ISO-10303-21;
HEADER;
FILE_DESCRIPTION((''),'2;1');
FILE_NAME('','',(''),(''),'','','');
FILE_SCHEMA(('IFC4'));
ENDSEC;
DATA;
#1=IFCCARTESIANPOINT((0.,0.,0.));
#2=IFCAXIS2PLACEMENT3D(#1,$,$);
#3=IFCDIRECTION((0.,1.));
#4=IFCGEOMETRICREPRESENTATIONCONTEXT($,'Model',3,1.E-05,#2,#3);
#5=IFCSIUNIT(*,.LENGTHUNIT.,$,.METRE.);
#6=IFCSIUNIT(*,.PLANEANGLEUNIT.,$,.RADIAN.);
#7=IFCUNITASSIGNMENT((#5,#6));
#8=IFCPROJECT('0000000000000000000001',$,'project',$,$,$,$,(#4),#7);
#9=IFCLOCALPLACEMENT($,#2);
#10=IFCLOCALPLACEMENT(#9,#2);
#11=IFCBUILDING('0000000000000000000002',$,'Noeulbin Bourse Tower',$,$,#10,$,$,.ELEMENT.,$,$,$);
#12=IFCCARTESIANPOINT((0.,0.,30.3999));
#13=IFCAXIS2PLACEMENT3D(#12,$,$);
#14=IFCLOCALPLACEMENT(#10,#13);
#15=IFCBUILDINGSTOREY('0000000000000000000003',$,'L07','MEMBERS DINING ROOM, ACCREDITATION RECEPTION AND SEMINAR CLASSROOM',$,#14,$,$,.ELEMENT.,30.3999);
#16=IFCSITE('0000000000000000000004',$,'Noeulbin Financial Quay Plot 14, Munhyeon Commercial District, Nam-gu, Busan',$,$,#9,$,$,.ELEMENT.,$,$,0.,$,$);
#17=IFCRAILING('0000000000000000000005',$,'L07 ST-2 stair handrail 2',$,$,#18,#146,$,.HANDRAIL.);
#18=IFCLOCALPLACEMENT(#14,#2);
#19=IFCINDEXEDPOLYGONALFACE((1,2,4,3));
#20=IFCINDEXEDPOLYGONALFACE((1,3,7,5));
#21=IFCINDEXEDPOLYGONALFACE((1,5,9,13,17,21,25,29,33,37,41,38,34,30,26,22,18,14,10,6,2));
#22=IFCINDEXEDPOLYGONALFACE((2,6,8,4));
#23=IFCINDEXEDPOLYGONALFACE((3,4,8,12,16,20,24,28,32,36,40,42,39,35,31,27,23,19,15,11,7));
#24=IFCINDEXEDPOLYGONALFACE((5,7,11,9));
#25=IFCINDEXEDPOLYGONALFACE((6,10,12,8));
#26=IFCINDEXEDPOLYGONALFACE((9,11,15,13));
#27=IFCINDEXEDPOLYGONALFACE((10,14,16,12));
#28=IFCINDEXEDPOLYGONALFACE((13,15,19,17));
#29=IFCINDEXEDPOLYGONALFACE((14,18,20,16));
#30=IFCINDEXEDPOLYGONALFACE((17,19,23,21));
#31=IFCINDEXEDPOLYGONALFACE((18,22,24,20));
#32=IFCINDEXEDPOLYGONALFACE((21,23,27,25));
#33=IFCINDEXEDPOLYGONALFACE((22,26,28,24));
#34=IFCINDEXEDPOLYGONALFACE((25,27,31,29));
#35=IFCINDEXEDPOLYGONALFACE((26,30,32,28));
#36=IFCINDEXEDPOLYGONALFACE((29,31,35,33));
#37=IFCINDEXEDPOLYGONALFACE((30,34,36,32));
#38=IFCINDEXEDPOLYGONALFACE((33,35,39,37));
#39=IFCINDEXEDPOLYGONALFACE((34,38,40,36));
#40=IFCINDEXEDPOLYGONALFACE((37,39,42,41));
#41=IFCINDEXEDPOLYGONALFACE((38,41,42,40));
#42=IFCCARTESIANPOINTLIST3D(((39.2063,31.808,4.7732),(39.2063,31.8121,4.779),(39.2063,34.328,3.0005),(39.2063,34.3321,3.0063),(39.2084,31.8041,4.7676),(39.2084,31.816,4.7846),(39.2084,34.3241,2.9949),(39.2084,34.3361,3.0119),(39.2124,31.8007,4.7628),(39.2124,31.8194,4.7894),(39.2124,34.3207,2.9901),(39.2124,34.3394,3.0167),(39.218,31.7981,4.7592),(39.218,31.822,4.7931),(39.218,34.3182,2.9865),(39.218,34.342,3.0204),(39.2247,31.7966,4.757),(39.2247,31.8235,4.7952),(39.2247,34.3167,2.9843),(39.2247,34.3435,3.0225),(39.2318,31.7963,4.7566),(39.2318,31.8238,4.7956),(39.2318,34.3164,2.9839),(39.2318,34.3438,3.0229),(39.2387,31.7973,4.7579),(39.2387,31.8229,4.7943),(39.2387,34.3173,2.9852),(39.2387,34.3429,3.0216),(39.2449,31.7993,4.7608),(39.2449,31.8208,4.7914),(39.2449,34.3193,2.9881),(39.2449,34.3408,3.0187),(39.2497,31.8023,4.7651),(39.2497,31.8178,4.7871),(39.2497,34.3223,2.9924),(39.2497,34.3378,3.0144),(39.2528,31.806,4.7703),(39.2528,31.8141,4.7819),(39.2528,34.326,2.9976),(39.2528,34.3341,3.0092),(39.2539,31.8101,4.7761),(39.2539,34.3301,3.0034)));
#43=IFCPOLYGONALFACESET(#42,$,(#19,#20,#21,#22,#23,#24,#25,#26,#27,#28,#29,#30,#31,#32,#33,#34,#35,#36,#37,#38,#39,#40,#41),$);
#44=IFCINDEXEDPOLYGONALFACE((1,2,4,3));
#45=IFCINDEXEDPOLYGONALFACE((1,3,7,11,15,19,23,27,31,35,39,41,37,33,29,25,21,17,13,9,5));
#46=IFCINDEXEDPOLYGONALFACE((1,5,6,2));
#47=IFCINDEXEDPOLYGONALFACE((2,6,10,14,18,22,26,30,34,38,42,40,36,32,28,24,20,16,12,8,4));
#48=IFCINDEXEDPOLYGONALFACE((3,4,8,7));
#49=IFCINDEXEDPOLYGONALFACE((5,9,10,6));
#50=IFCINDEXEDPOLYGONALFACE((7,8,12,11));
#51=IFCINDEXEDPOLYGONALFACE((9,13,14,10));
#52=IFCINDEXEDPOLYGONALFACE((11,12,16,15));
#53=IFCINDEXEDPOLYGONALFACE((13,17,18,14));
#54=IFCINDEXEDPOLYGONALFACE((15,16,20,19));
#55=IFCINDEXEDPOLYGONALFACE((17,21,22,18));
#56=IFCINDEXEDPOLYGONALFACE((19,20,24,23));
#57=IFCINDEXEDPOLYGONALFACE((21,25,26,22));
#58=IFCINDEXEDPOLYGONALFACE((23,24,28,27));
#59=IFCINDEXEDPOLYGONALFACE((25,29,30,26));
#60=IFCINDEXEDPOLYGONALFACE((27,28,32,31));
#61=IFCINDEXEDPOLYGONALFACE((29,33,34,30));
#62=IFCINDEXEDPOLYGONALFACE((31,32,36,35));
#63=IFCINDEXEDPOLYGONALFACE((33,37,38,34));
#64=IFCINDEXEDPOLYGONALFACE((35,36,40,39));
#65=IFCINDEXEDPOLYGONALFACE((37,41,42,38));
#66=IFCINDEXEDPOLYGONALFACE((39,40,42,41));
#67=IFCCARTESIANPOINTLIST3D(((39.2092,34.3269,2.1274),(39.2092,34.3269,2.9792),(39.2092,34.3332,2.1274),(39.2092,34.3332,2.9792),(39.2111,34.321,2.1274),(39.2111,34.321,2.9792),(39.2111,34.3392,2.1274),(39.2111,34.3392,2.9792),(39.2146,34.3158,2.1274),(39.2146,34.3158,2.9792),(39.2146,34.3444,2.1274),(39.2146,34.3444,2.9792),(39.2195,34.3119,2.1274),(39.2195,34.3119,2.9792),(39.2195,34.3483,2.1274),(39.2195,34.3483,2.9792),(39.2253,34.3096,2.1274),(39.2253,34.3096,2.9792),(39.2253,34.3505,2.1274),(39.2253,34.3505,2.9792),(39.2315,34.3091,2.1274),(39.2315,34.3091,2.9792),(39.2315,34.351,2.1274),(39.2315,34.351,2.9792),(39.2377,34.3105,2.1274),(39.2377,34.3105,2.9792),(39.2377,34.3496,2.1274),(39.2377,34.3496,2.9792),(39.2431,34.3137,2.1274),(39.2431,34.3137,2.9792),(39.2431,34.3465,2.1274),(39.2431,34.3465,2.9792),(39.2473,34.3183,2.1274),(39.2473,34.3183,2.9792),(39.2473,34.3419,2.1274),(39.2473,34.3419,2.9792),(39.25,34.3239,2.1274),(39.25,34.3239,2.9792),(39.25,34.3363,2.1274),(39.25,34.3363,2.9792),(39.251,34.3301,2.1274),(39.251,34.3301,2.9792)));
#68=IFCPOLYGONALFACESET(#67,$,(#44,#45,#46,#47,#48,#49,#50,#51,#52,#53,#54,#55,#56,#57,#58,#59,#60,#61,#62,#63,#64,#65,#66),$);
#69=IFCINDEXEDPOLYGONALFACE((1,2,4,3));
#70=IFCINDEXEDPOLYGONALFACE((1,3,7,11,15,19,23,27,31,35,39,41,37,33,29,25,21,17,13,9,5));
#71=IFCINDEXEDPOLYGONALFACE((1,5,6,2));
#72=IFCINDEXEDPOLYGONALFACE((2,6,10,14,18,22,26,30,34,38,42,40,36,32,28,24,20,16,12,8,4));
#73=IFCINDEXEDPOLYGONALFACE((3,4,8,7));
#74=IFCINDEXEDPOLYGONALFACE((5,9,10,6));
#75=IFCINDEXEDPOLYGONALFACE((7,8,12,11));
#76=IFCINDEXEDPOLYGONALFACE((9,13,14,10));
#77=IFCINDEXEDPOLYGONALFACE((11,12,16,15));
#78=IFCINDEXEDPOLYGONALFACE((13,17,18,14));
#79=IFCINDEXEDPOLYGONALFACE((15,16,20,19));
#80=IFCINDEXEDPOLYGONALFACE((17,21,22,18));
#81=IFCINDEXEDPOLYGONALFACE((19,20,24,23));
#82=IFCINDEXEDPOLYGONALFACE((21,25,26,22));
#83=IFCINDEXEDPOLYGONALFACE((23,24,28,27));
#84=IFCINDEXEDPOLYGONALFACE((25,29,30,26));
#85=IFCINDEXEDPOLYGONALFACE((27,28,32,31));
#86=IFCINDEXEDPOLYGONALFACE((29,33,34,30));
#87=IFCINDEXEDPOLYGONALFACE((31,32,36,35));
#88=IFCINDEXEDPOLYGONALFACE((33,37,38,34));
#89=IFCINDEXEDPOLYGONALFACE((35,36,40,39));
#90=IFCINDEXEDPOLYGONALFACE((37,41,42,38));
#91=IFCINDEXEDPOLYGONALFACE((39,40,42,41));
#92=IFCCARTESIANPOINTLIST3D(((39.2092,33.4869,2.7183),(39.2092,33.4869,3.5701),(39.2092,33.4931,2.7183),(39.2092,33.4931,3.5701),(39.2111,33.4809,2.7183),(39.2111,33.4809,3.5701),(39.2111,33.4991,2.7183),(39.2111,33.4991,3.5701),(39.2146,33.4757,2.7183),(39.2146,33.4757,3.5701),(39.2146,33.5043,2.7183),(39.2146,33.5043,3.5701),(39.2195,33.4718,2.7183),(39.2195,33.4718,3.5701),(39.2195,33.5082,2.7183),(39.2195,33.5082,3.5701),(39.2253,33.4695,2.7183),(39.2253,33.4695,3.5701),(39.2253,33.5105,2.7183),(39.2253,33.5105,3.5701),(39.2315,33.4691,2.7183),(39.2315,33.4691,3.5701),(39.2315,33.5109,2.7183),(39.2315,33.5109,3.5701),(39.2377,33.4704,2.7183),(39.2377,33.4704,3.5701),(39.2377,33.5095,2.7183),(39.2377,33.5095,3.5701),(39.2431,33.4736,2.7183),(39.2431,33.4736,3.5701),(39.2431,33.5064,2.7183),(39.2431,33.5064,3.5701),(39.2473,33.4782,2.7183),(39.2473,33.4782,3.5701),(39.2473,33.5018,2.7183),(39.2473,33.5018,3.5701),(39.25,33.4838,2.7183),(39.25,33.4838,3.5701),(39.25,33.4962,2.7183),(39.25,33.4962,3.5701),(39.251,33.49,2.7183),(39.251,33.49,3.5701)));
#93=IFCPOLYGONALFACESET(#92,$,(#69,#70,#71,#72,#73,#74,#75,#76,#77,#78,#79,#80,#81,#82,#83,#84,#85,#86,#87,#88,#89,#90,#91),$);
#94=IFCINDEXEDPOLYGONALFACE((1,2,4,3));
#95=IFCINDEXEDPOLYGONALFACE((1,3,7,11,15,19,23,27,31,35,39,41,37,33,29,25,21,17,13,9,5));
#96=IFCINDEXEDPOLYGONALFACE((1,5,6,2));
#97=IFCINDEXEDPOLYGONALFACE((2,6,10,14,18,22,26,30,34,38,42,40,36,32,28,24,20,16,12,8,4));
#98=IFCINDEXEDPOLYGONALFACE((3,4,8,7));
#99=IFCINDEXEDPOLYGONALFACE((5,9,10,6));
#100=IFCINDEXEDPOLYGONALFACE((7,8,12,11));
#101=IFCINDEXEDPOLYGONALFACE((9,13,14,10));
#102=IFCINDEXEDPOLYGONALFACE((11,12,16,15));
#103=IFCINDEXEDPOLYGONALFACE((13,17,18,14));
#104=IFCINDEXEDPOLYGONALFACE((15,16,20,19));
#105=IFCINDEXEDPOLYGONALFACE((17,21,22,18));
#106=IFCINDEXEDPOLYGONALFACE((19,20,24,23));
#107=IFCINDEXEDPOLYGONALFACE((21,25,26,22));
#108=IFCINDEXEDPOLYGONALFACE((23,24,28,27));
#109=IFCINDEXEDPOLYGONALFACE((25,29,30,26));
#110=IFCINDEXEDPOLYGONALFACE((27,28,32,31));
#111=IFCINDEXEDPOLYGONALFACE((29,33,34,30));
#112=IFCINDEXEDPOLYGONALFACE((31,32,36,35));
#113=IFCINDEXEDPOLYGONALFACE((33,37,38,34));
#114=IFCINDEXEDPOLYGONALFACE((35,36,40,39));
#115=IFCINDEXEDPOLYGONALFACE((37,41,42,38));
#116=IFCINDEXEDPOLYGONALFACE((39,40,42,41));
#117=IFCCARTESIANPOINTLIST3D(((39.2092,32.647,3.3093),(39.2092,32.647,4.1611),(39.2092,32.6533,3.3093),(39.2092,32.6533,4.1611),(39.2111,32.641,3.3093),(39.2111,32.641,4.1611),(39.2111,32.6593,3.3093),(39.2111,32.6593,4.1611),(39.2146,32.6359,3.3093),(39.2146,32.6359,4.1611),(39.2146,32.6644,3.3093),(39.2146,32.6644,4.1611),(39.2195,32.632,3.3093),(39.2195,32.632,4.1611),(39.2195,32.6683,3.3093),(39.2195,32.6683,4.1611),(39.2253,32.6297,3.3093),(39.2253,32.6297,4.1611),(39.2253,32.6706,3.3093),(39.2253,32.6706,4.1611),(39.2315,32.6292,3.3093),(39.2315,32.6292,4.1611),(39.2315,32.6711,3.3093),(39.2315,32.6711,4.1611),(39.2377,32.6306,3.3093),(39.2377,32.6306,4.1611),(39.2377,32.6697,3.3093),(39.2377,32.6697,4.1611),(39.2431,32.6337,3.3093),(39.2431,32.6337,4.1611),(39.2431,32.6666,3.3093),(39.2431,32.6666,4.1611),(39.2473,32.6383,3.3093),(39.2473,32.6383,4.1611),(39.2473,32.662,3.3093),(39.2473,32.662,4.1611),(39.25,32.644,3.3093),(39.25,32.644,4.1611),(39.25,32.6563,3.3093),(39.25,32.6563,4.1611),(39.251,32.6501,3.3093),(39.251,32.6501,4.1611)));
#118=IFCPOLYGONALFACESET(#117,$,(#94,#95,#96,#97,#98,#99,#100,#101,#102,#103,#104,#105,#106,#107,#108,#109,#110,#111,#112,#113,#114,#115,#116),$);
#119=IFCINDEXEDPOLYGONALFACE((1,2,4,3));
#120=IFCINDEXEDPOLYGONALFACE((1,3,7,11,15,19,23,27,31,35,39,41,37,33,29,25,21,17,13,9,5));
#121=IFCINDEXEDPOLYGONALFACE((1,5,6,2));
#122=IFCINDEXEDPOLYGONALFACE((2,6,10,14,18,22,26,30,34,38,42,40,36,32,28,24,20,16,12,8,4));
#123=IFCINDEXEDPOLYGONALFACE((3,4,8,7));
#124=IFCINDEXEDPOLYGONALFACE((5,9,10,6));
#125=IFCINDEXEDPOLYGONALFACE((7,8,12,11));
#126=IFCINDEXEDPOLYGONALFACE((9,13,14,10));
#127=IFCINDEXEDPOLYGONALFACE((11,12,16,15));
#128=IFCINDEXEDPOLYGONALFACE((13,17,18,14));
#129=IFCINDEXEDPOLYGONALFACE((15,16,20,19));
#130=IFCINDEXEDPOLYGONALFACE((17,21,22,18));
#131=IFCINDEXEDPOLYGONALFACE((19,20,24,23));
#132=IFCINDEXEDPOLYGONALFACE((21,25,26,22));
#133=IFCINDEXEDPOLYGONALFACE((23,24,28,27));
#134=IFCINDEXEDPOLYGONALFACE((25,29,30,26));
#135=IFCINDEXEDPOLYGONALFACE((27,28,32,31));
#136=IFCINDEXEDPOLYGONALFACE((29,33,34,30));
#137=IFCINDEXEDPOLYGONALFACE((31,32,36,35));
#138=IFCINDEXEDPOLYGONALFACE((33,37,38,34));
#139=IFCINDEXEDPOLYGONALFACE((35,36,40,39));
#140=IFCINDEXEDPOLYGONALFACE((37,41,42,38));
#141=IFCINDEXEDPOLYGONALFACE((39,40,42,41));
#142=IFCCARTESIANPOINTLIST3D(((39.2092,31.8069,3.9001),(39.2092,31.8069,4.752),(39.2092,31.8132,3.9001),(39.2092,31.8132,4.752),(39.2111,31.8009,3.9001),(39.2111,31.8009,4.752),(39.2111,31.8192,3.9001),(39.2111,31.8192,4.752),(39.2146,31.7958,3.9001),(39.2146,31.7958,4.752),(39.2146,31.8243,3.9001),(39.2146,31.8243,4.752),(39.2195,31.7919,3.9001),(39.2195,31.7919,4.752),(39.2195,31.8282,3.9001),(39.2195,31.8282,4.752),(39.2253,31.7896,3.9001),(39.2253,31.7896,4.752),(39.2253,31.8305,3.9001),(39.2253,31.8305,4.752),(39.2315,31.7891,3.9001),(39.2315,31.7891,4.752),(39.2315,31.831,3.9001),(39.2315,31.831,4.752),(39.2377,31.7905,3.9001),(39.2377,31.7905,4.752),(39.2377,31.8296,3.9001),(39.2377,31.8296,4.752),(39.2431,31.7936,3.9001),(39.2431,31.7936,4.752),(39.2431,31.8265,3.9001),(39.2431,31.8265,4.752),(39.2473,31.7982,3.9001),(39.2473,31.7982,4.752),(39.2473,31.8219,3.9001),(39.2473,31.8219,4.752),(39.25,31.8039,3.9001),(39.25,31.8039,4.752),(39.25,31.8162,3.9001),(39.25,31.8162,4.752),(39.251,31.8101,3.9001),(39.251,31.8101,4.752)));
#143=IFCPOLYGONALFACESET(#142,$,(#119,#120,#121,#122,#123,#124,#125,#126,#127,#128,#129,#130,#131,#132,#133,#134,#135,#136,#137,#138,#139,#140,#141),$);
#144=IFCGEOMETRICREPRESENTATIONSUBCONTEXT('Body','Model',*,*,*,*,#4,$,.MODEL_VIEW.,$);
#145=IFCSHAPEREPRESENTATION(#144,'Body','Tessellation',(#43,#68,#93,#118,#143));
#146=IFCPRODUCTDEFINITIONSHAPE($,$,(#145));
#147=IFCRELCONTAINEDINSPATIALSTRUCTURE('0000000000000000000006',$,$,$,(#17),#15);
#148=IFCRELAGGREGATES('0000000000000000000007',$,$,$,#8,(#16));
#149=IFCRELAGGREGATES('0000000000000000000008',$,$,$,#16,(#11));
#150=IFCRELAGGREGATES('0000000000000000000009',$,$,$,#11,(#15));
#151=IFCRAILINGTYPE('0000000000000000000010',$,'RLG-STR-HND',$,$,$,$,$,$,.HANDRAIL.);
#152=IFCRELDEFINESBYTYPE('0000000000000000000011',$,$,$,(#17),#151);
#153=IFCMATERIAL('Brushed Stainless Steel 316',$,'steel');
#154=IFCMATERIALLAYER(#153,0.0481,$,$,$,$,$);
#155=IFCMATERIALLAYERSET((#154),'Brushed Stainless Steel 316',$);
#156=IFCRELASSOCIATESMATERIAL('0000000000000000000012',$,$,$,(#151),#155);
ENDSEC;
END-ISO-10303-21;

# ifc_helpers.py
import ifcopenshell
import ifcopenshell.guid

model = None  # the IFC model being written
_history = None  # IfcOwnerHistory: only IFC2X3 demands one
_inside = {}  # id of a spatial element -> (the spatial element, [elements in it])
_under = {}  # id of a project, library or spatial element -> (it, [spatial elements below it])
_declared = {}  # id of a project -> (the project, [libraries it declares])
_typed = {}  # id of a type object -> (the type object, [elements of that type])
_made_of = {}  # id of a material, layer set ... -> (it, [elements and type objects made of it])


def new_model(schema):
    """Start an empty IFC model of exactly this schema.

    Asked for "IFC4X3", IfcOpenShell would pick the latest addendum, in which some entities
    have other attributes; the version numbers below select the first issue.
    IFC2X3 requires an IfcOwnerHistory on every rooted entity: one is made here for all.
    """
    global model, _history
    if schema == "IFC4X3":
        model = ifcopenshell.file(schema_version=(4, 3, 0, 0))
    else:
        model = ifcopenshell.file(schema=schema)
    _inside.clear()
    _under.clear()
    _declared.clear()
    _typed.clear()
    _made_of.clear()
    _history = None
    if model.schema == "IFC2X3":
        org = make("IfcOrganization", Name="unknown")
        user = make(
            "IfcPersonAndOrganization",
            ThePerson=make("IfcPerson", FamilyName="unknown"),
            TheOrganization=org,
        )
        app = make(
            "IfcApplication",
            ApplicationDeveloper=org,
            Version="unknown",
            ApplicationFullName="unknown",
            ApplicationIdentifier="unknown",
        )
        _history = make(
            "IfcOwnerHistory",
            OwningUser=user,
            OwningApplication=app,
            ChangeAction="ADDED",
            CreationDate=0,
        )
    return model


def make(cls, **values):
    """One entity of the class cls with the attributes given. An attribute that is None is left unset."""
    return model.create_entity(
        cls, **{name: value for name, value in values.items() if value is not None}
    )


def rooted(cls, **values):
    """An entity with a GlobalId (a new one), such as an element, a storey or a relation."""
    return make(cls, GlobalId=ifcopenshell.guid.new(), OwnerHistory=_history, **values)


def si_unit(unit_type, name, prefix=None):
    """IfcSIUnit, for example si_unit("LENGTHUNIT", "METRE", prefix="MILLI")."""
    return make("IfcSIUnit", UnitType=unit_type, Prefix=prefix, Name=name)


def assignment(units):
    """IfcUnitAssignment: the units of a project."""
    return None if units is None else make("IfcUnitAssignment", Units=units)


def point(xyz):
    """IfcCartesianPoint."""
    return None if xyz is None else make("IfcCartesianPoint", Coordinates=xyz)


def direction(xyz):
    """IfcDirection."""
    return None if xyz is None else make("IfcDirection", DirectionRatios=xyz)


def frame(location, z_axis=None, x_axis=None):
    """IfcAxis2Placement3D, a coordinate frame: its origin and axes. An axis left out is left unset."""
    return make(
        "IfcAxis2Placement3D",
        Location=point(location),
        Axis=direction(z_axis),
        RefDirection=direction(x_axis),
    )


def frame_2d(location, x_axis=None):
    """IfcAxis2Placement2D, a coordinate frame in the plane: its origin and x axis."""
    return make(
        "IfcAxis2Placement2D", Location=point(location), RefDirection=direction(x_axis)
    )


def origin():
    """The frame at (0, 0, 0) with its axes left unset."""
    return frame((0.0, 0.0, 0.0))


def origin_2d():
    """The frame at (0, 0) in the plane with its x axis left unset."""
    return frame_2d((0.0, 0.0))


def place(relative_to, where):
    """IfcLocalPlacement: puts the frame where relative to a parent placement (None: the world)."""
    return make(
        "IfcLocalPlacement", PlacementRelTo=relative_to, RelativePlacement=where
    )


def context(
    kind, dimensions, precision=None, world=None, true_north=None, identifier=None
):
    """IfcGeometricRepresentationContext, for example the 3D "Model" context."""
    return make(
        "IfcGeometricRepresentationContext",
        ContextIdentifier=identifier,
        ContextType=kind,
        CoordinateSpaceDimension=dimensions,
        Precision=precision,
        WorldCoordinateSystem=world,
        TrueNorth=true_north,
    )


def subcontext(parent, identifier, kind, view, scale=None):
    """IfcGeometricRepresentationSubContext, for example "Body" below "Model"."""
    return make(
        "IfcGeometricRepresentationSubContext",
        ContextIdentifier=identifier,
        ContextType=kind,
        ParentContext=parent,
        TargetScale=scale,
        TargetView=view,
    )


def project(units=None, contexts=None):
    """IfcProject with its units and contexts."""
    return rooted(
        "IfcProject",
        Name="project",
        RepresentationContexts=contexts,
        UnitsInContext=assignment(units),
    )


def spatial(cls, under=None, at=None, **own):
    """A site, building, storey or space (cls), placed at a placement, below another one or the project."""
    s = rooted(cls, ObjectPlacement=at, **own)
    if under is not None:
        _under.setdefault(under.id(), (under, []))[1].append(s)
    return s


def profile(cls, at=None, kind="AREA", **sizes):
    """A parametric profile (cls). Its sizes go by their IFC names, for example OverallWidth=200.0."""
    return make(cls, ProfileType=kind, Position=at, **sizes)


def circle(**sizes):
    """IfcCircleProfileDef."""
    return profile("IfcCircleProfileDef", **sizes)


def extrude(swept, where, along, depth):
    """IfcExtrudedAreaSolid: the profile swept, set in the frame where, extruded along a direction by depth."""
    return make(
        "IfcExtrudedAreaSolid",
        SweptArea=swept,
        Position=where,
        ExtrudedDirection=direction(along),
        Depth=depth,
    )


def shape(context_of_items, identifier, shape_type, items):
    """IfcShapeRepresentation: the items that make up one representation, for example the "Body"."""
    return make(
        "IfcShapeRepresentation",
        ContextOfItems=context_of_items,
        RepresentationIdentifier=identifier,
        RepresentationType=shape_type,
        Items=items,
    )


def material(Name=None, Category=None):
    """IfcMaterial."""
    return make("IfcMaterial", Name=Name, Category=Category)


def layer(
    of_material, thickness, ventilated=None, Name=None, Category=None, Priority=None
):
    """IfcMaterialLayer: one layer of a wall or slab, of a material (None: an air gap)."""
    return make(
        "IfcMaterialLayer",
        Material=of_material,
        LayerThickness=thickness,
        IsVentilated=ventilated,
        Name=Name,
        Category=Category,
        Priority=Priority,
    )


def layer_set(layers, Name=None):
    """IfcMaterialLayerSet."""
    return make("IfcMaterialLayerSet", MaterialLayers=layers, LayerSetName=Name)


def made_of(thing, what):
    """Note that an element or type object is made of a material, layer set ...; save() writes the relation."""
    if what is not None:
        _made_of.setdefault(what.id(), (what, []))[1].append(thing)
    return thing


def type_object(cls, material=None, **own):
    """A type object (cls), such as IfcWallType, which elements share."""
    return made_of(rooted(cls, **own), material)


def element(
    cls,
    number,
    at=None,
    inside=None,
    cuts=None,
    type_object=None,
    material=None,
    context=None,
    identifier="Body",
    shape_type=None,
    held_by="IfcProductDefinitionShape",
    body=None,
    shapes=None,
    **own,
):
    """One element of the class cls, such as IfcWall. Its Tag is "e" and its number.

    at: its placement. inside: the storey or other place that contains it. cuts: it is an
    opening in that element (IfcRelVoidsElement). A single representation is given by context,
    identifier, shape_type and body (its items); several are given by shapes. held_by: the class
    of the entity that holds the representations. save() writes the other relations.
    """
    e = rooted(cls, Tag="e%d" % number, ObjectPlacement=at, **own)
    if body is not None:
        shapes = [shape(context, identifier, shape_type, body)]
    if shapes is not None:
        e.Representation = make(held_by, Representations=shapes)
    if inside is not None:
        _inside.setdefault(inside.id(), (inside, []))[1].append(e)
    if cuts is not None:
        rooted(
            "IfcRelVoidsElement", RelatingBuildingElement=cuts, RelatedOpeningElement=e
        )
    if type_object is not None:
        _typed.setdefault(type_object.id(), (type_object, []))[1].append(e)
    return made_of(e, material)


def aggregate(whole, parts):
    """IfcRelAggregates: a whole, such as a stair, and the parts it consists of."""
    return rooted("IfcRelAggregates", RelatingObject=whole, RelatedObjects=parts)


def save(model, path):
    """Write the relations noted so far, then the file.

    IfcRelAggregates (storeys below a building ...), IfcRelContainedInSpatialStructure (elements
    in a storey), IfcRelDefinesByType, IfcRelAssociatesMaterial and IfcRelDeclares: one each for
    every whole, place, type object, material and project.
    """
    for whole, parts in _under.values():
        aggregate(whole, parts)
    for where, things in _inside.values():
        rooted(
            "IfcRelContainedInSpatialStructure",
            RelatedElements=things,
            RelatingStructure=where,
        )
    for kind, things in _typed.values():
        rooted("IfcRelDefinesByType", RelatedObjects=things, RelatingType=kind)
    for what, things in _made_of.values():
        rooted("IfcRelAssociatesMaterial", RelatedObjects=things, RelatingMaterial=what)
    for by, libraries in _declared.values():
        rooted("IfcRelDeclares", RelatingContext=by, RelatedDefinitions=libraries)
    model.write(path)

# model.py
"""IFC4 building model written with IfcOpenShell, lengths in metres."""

from ifc_helpers import new_model, si_unit, direction, frame, origin, origin_2d, place, context, subcontext, project, spatial, circle, extrude, material, layer, layer_set, type_object, element, save


model = new_model("IFC4")

# Units and contexts
model_context = context("Model", 3, precision=1e-05, world=origin(), true_north=direction((0.0, 1.0)))
body_context = subcontext(model_context, "Body", "Model", "MODEL_VIEW")
ifc_project = project(units=[si_unit("LENGTHUNIT", "METRE"), si_unit("PLANEANGLEUNIT", "RADIAN")], contexts=[model_context])

# Site, building, storey
site_placement = place(None, origin())
site = spatial("IfcSite", under=ifc_project, at=site_placement, Name="Noeulbin Financial Quay Plot 14, Munhyeon Commercial District, Nam-gu, Busan", CompositionType="ELEMENT", RefElevation=0.0)
building_placement = place(site_placement, origin())
building = spatial("IfcBuilding", under=site, at=building_placement, Name="Noeulbin Bourse Tower", CompositionType="ELEMENT")
storey_placement = place(building_placement, frame((0.0, 0.0, 30.3999)))
storey = spatial("IfcBuildingStorey", under=building, at=storey_placement, Name="L07", Description="MEMBERS DINING ROOM, ACCREDITATION RECEPTION AND SEMINAR CLASSROOM", CompositionType="ELEMENT", Elevation=30.3999)

# Shared definitions
ifc_material_1 = material(Name="Brushed Stainless Steel 316", Category="steel")

# Railing
ifc_layer_1 = layer(ifc_material_1, 0.0481)
ifc_layer_set_1 = layer_set([ifc_layer_1], Name="Brushed Stainless Steel 316")
railing_type_1 = type_object("IfcRailingType", Name="RLG-STR-HND", PredefinedType="HANDRAIL", material=ifc_layer_set_1)
railing_1_placement = place(storey_placement, frame((39.23, 34.3301, 2.1274)))
element("IfcRailing", 1, at=railing_1_placement, inside=storey, type_object=railing_type_1, Name="L07 ST-2 stair handrail 2", PredefinedType="HANDRAIL", context=body_context, shape_type="SweptSolid", body=[
    extrude(circle(Radius=0.0239, at=origin_2d()), frame((0.0, 0.0, 0.876), z_axis=(0.0, -0.817904, 0.575354), x_axis=(1.0, 0.0, 0.0)), (0.0, 0.0, 1.0), 3.0811),
    extrude(circle(Radius=0.021, at=origin_2d()), origin(), (0.0, 0.0, 1.0), 0.8518),
    extrude(circle(Radius=0.021, at=origin_2d()), frame((0.0, -0.8401, 0.5908)), (0.0, 0.0, 1.0), 0.8518),
    extrude(circle(Radius=0.021, at=origin_2d()), frame((0.0, -1.6799, 1.1819)), (0.0, 0.0, 1.0), 0.8518),
    extrude(circle(Radius=0.021, at=origin_2d()), frame((0.0, -2.52, 1.7727)), (0.0, 0.0, 1.0), 0.8518),
])

save(model, "model.ifc")
